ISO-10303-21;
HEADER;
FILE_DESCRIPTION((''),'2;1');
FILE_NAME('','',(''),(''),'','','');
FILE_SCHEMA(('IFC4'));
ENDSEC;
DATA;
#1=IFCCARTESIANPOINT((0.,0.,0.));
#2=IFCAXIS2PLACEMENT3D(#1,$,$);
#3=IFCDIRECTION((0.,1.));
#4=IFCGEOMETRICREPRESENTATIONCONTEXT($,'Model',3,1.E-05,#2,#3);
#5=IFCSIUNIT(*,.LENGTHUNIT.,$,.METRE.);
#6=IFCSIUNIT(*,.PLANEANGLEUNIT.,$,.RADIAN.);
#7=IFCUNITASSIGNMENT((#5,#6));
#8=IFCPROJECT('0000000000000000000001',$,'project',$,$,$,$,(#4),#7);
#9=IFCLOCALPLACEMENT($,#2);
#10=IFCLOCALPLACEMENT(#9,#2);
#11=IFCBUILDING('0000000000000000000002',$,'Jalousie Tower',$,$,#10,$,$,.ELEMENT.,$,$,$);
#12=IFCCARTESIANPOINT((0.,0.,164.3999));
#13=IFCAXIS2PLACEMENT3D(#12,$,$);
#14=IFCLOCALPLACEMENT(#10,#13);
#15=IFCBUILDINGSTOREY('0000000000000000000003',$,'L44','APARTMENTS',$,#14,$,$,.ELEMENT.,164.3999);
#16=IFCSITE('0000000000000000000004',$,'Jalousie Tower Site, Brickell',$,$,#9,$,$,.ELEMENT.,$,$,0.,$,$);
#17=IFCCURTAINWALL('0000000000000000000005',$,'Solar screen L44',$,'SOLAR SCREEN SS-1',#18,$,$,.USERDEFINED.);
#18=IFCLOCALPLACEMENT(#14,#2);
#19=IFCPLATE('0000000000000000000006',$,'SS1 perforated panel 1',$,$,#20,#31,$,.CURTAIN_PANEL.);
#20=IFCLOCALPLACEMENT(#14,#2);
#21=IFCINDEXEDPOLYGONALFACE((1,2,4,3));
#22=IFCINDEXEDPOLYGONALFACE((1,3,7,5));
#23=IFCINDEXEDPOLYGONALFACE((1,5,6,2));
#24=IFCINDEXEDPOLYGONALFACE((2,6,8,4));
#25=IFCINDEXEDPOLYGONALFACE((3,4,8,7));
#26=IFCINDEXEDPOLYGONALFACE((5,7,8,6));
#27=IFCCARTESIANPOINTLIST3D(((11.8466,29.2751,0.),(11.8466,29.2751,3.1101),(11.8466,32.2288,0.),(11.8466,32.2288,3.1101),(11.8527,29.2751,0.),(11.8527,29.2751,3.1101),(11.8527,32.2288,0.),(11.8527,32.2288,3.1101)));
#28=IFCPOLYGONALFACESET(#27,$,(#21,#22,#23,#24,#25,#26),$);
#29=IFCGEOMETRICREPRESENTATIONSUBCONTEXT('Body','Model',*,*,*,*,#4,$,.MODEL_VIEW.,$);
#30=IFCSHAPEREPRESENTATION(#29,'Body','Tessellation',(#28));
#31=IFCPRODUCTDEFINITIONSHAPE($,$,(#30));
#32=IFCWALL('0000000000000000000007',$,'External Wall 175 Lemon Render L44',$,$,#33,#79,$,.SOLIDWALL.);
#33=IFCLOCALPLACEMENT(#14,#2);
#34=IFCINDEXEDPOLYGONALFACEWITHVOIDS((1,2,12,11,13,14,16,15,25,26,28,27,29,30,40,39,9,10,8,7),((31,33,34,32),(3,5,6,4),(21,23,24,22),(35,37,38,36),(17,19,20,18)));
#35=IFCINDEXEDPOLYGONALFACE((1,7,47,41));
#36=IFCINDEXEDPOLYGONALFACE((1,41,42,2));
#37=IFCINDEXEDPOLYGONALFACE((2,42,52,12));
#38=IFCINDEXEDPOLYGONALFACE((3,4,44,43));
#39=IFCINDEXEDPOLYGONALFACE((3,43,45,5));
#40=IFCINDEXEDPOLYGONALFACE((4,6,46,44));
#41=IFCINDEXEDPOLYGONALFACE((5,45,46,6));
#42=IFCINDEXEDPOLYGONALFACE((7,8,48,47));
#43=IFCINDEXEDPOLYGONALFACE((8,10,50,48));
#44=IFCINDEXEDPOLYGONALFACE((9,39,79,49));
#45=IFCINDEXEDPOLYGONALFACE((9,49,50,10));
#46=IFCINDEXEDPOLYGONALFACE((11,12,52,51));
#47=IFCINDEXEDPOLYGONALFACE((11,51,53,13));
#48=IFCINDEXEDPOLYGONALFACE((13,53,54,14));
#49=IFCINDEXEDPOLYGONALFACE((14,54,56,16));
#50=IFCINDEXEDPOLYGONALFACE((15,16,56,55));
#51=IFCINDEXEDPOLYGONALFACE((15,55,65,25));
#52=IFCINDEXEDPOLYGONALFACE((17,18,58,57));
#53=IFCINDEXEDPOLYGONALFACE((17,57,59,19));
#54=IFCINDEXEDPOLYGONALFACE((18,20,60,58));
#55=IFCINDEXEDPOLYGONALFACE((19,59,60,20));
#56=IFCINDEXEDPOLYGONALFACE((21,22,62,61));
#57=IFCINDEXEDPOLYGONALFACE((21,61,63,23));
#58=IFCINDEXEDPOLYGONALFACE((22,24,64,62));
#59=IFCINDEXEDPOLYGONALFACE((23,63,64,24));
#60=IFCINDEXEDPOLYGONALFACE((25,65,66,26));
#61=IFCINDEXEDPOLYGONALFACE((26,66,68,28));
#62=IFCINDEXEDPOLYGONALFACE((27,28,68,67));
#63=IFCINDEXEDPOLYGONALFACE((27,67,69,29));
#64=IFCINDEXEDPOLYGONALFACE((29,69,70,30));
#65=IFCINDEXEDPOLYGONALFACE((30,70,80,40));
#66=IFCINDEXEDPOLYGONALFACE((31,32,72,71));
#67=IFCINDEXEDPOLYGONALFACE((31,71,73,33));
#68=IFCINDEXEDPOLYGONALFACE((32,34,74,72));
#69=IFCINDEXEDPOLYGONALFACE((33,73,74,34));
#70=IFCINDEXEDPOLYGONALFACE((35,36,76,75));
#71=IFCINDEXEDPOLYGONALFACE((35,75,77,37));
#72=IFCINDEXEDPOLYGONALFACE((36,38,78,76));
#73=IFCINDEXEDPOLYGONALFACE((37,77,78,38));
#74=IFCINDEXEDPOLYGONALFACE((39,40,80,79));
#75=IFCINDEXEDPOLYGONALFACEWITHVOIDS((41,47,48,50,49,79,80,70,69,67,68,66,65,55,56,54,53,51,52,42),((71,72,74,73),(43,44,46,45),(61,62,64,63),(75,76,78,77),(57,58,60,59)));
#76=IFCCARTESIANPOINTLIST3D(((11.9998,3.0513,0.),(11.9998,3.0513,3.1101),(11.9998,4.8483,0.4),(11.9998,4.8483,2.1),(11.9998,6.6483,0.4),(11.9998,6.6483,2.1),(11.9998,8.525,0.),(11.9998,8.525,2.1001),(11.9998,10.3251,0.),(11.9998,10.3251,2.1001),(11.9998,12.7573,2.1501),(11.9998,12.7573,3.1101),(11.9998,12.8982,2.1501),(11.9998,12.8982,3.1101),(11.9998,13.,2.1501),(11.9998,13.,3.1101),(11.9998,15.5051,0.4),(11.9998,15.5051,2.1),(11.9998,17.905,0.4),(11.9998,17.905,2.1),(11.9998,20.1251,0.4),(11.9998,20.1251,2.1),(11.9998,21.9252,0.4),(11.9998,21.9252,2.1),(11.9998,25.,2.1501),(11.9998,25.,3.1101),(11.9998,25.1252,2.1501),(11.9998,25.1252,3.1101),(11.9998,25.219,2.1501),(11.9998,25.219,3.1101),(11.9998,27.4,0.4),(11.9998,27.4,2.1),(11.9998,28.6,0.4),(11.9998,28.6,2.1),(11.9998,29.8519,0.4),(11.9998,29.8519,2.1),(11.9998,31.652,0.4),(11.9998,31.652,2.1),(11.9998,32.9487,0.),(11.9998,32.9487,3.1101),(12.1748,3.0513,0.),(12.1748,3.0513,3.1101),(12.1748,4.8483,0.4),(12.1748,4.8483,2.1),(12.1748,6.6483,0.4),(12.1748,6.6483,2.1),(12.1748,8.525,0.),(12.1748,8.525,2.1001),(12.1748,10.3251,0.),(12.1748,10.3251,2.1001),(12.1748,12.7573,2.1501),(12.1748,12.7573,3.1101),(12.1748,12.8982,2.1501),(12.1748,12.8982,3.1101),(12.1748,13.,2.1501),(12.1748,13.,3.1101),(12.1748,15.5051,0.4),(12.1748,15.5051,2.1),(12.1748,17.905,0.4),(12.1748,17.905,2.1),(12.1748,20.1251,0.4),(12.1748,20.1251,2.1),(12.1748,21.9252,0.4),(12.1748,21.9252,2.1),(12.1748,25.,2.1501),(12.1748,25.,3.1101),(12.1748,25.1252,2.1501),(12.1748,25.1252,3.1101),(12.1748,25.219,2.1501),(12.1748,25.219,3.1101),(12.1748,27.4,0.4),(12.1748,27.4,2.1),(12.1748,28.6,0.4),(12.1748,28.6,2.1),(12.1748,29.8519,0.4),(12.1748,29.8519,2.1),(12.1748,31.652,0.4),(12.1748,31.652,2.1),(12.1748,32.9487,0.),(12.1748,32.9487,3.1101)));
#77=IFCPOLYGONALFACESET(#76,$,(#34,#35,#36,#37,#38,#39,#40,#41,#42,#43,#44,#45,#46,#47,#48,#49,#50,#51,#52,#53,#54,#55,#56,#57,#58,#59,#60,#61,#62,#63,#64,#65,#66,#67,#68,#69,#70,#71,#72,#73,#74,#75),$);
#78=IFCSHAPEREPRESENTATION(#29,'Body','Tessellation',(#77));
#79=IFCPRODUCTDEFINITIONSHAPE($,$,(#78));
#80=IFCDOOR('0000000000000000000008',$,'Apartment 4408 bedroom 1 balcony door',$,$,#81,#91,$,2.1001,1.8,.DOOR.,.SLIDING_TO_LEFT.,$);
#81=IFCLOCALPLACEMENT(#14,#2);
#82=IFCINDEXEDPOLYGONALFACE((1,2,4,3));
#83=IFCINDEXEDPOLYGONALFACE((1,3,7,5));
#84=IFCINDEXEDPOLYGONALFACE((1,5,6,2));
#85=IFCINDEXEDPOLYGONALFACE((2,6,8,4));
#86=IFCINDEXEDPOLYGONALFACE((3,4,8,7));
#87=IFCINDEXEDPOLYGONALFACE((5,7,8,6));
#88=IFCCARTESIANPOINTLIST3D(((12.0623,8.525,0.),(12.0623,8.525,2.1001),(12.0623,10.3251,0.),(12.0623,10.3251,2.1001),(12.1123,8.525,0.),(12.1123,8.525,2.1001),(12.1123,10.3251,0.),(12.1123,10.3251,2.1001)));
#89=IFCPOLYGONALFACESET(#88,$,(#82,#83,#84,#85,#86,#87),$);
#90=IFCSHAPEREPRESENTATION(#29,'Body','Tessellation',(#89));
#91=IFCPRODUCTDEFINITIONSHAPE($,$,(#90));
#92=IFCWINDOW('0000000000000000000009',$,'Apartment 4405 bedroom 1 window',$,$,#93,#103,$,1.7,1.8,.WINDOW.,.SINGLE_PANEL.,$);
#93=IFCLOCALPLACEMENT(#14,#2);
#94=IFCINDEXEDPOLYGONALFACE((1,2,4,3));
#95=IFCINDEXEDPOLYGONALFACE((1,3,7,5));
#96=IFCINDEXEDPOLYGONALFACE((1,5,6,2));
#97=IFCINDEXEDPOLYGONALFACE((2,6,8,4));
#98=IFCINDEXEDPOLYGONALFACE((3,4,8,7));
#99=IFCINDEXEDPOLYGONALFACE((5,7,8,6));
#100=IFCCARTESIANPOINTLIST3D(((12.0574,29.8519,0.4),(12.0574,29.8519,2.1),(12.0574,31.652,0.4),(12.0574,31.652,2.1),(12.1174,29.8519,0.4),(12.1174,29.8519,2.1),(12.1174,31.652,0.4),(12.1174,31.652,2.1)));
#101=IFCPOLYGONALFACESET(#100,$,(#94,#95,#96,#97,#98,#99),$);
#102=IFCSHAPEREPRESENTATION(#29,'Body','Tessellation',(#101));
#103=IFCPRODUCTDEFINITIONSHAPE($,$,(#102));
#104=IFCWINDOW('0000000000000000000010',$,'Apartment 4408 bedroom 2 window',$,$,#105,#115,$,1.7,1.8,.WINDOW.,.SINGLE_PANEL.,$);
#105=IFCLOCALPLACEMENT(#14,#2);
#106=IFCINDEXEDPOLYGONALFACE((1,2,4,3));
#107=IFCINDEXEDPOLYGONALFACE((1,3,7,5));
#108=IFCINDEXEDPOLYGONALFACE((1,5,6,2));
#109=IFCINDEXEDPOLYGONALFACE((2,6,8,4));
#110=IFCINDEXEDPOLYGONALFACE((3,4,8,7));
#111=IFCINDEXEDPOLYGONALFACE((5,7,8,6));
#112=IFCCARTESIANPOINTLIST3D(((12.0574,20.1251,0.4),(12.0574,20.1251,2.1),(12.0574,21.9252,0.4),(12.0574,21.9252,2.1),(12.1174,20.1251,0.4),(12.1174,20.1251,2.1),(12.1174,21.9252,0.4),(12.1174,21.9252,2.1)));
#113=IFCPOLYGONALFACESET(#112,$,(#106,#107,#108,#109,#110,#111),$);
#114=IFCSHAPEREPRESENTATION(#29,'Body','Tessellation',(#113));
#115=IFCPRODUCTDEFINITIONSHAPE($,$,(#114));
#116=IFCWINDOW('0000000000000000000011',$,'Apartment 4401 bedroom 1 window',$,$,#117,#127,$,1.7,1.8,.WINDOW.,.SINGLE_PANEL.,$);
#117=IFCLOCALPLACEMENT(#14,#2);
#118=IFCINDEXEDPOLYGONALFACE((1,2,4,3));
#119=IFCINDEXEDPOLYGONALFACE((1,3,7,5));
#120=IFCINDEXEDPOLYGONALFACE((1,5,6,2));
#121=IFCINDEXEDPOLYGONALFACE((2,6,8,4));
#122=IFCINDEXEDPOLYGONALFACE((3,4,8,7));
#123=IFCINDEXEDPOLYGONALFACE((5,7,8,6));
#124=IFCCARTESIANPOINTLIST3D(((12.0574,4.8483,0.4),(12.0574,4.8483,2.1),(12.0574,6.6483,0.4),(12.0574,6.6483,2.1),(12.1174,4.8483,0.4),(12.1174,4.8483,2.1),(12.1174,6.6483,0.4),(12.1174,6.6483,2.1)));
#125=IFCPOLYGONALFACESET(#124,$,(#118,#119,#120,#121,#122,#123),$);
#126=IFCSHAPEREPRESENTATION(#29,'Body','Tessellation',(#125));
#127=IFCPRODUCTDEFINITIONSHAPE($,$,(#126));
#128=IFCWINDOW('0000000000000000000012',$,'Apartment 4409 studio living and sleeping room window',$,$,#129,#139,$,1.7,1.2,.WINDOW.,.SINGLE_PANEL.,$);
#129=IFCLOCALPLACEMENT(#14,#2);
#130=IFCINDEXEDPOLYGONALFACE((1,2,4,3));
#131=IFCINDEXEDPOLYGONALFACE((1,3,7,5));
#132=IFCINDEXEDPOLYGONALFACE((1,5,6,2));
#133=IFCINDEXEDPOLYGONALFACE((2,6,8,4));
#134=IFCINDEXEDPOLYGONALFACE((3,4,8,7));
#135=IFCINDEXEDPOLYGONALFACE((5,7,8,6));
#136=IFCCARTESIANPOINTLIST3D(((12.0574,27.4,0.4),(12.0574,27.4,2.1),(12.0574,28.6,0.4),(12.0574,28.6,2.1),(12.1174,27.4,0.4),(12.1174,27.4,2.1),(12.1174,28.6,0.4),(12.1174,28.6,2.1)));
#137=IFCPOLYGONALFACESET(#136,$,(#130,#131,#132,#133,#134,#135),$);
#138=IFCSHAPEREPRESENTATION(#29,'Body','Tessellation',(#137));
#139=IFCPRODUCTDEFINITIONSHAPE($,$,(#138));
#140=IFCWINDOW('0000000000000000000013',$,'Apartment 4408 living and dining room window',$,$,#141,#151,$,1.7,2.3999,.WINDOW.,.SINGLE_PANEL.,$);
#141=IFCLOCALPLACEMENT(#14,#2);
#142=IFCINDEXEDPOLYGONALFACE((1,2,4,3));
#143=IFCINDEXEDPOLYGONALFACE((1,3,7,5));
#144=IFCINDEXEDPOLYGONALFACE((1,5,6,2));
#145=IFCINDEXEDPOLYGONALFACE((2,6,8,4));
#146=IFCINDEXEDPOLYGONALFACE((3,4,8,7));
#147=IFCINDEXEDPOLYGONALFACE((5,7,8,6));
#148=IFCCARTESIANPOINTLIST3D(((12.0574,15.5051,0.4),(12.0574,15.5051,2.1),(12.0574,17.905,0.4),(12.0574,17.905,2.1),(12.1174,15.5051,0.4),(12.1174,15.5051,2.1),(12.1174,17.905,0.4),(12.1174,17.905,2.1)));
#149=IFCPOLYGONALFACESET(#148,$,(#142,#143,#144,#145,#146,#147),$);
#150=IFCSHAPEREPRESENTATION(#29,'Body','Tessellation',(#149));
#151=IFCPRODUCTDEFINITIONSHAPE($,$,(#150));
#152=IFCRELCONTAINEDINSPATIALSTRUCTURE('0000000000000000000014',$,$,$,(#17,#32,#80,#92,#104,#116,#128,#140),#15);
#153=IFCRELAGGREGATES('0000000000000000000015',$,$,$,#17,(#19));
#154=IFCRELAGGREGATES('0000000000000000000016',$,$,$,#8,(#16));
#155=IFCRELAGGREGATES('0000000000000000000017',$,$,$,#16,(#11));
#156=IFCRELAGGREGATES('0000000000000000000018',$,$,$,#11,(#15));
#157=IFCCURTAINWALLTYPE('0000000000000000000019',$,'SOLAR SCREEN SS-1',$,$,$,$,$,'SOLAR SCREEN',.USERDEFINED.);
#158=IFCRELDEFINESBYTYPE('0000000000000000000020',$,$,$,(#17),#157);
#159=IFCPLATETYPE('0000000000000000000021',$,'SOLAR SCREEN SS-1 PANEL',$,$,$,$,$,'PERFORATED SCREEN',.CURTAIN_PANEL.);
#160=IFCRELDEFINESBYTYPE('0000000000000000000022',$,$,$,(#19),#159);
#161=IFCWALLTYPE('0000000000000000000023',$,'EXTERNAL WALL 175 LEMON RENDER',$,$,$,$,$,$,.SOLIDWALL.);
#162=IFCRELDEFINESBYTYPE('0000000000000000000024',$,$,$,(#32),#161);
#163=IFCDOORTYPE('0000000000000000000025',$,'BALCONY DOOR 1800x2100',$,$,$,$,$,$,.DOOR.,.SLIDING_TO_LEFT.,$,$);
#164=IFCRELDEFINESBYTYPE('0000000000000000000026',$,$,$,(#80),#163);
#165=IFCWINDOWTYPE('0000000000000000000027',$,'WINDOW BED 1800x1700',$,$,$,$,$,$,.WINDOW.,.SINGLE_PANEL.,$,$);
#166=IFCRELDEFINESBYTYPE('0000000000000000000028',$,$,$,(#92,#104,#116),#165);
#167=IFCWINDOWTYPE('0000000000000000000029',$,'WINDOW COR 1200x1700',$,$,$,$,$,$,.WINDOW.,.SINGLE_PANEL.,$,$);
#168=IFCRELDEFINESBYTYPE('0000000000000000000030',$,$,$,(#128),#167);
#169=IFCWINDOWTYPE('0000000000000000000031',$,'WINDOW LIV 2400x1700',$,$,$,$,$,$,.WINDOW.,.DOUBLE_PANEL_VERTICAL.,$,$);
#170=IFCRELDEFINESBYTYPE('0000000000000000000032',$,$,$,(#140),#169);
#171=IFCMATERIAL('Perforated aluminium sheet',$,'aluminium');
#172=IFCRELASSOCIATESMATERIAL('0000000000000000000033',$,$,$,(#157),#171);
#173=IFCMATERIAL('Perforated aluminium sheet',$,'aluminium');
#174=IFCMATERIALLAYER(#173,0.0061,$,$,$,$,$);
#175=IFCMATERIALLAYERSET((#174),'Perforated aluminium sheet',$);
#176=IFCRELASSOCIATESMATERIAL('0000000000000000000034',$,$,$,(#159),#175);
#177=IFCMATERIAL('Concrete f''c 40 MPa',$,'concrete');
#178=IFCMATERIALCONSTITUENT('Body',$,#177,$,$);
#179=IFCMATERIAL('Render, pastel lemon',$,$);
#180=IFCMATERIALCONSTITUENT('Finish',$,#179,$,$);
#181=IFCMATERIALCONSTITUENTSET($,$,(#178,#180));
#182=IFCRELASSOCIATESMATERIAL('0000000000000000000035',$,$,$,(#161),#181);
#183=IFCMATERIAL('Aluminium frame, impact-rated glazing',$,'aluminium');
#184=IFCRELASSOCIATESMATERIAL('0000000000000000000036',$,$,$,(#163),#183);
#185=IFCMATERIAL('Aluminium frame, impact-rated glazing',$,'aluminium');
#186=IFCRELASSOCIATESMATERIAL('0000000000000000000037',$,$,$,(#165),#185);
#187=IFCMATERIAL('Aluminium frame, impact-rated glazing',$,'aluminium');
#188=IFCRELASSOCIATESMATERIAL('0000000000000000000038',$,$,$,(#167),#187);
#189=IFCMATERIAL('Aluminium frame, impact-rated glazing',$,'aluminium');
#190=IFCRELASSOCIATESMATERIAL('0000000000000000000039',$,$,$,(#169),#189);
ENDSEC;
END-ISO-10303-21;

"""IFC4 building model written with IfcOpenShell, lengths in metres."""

from ifc_helpers import new_model, si_unit, direction, frame, frame_2d, origin, origin_2d, place, context, subcontext, project, spatial, polyline, rectangle, outline, extrude, material, layer, layer_set, constituent, constituent_set, type_object, element, fill, aggregate, save


model = new_model("IFC4")

# Units and contexts
model_context = context("Model", 3, precision=1e-05, world=origin(), true_north=direction((0.0, 1.0)))
body_context = subcontext(model_context, "Body", "Model", "MODEL_VIEW")
ifc_project = project(units=[si_unit("LENGTHUNIT", "METRE"), si_unit("PLANEANGLEUNIT", "RADIAN")], contexts=[model_context])

# Site, building, storey
site_placement = place(None, origin())
site = spatial("IfcSite", under=ifc_project, at=site_placement, Name="Jalousie Tower Site, Brickell", CompositionType="ELEMENT", RefElevation=0.0)
building_placement = place(site_placement, origin())
building = spatial("IfcBuilding", under=site, at=building_placement, Name="Jalousie Tower", CompositionType="ELEMENT")
storey_placement = place(building_placement, frame((0.0, 0.0, 164.3999)))
storey = spatial("IfcBuildingStorey", under=building, at=storey_placement, Name="L44", Description="APARTMENTS", CompositionType="ELEMENT", Elevation=164.3999)

# Curtain wall
ifc_material_1 = material(Name="Perforated aluminium sheet", Category="aluminium")
curtain_wall_type_1 = type_object("IfcCurtainWallType", Name="SOLAR SCREEN SS-1", ElementType="SOLAR SCREEN", PredefinedType="USERDEFINED", material=ifc_material_1)
curtain_wall_1_placement = place(storey_placement, origin())
curtain_wall_1 = element("IfcCurtainWall", 1, at=curtain_wall_1_placement, inside=storey, type_object=curtain_wall_type_1, Name="Solar screen L44", ObjectType="SOLAR SCREEN SS-1", PredefinedType="USERDEFINED")

# Plate
ifc_material_2 = material(Name="Perforated aluminium sheet", Category="aluminium")
ifc_layer_1 = layer(ifc_material_2, 0.0061)
ifc_layer_set_1 = layer_set([ifc_layer_1], Name="Perforated aluminium sheet")
plate_type_1 = type_object("IfcPlateType", Name="SOLAR SCREEN SS-1 PANEL", ElementType="PERFORATED SCREEN", PredefinedType="CURTAIN_PANEL", material=ifc_layer_set_1)
plate_1_placement = place(storey_placement, frame((11.8496, 30.752, 0.0), z_axis=(0.0, 0.0, 1.0), x_axis=(0.0, -1.0, 0.0)))
plate_1 = element("IfcPlate", 2, at=plate_1_placement, type_object=plate_type_1, Name="SS1 perforated panel 1", PredefinedType="CURTAIN_PANEL", context=body_context, shape_type="SweptSolid", body=[
    extrude(rectangle(XDim=2.9536, YDim=0.0061, at=origin_2d()), origin(), (0.0, 0.0, 1.0), 3.1101),
])
aggregate(curtain_wall_1, [plate_1])

# Wall, openings, door, windows
ifc_material_3 = material(Name="Concrete f'c 40 MPa", Category="concrete")
ifc_constituent_1 = constituent(ifc_material_3, Name="Body")
ifc_material_4 = material(Name="Render, pastel lemon")
ifc_constituent_2 = constituent(ifc_material_4, Name="Finish")
ifc_constituent_set = constituent_set(constituents=[ifc_constituent_1, ifc_constituent_2])
wall_type = type_object("IfcWallType", Name="EXTERNAL WALL 175 LEMON RENDER", PredefinedType="SOLIDWALL", material=ifc_constituent_set)
wall_placement = place(storey_placement, frame((12.0874, 32.9487, 0.0), z_axis=(0.0, 0.0, 1.0), x_axis=(0.0, -1.0, 0.0)))
wall = element("IfcWall", 3, at=wall_placement, inside=storey, type_object=wall_type, Name="External Wall 175 Lemon Render L44", PredefinedType="SOLIDWALL", context=body_context, shape_type="SweptSolid", body=[
    extrude(outline(polyline([(0.0, 0.0), (29.8975, 0.0), (29.8975, 3.1101), (20.1914, 3.1101), (20.1914, 2.1501), (20.0505, 2.1501), (20.0505, 3.1101), (19.9487, 3.1101), (19.9487, 2.1501), (7.9487, 2.1501), (7.9487, 3.1101), (7.8235, 3.1101), (7.8235, 2.1501), (7.7297, 2.1501), (7.7297, 3.1101), (0.0, 3.1101), (0.0, 0.0)])), frame((0.0, 0.0874, 0.0), z_axis=(0.0, -1.0, 0.0), x_axis=(1.0, 0.0, 0.0)), (0.0, 0.0, 1.0), 0.175),
])
opening_1_placement = place(wall_placement, frame((1.2969, 0.0, 0.3999)))
opening_1 = element("IfcOpeningElement", 4, at=opening_1_placement, cuts=wall, PredefinedType="OPENING", context=body_context, shape_type="SweptSolid", body=[
    extrude(rectangle(XDim=1.8, YDim=1.7, at=frame_2d((0.8999, 0.8501))), frame((0.0, 0.0974, 0.0), z_axis=(0.0, -1.0, 0.0), x_axis=(1.0, 0.0, 0.0)), (0.0, 0.0, 1.0), 0.1951),
])
opening_2_placement = place(wall_placement, frame((4.3486, 0.0, 0.3999)))
opening_2 = element("IfcOpeningElement", 5, at=opening_2_placement, cuts=wall, PredefinedType="OPENING", context=body_context, shape_type="SweptSolid", body=[
    extrude(rectangle(XDim=1.2, YDim=1.7, at=frame_2d((0.6001, 0.8501))), frame((0.0, 0.0974, 0.0), z_axis=(0.0, -1.0, 0.0), x_axis=(1.0, 0.0, 0.0)), (0.0, 0.0, 1.0), 0.1951),
])
opening_3_placement = place(wall_placement, frame((11.0237, 0.0, 0.3999)))
opening_3 = element("IfcOpeningElement", 6, at=opening_3_placement, cuts=wall, PredefinedType="OPENING", context=body_context, shape_type="SweptSolid", body=[
    extrude(rectangle(XDim=1.8, YDim=1.7, at=frame_2d((0.8999, 0.8501))), frame((0.0, 0.0974, 0.0), z_axis=(0.0, -1.0, 0.0), x_axis=(1.0, 0.0, 0.0)), (0.0, 0.0, 1.0), 0.1951),
])
opening_4_placement = place(wall_placement, frame((15.0437, 0.0, 0.3999)))
opening_4 = element("IfcOpeningElement", 7, at=opening_4_placement, cuts=wall, PredefinedType="OPENING", context=body_context, shape_type="SweptSolid", body=[
    extrude(rectangle(XDim=2.3999, YDim=1.7, at=frame_2d((1.2, 0.8501))), frame((0.0, 0.0974, 0.0), z_axis=(0.0, -1.0, 0.0), x_axis=(1.0, 0.0, 0.0)), (0.0, 0.0, 1.0), 0.1951),
])
opening_5_placement = place(wall_placement, frame((22.6238, 0.0, 0.0)))
opening_5 = element("IfcOpeningElement", 8, at=opening_5_placement, cuts=wall, PredefinedType="OPENING", context=body_context, shape_type="SweptSolid", body=[
    extrude(rectangle(XDim=1.8, YDim=2.1001, at=frame_2d((0.8999, 1.05))), frame((0.0, 0.0974, 0.0), z_axis=(0.0, -1.0, 0.0), x_axis=(1.0, 0.0, 0.0)), (0.0, 0.0, 1.0), 0.1951),
])
opening_6_placement = place(wall_placement, frame((26.3005, 0.0, 0.3999)))
opening_6 = element("IfcOpeningElement", 9, at=opening_6_placement, cuts=wall, PredefinedType="OPENING", context=body_context, shape_type="SweptSolid", body=[
    extrude(rectangle(XDim=1.8, YDim=1.7, at=frame_2d((0.8999, 0.8501))), frame((0.0, 0.0974, 0.0), z_axis=(0.0, -1.0, 0.0), x_axis=(1.0, 0.0, 0.0)), (0.0, 0.0, 1.0), 0.1951),
])
ifc_material_5 = material(Name="Aluminium frame, impact-rated glazing", Category="aluminium")
door_type = type_object("IfcDoorType", Name="BALCONY DOOR 1800x2100", OperationType="SLIDING_TO_LEFT", PredefinedType="DOOR", material=ifc_material_5)
door_placement = place(opening_5_placement, origin())
door = element("IfcDoor", 10, at=door_placement, inside=storey, type_object=door_type, Name="Apartment 4408 bedroom 1 balcony door", OperationType="SLIDING_TO_LEFT", OverallHeight=2.1001, OverallWidth=1.8, PredefinedType="DOOR", context=body_context, shape_type="SweptSolid", body=[
    extrude(rectangle(XDim=1.8, YDim=2.1001, at=frame_2d((0.8999, 1.05))), frame((0.0, 0.0249, 0.0), z_axis=(0.0, -1.0, 0.0), x_axis=(1.0, 0.0, 0.0)), (0.0, 0.0, 1.0), 0.05),
])
fill(opening_5, door)
ifc_material_6 = material(Name="Aluminium frame, impact-rated glazing", Category="aluminium")
window_type_1 = type_object("IfcWindowType", Name="WINDOW BED 1800x1700", PartitioningType="SINGLE_PANEL", PredefinedType="WINDOW", material=ifc_material_6)
window_1_placement = place(opening_1_placement, origin())
window_1 = element("IfcWindow", 11, at=window_1_placement, inside=storey, type_object=window_type_1, Name="Apartment 4405 bedroom 1 window", OverallHeight=1.7, OverallWidth=1.8, PartitioningType="SINGLE_PANEL", PredefinedType="WINDOW", context=body_context, shape_type="SweptSolid", body=[
    extrude(rectangle(XDim=1.8, YDim=1.7, at=frame_2d((0.8999, 0.8501))), frame((0.0, 0.03, 0.0), z_axis=(0.0, -1.0, 0.0), x_axis=(1.0, 0.0, 0.0)), (0.0, 0.0, 1.0), 0.0601),
])
fill(opening_1, window_1)
window_2_placement = place(opening_3_placement, origin())
window_2 = element("IfcWindow", 12, at=window_2_placement, inside=storey, type_object=window_type_1, Name="Apartment 4408 bedroom 2 window", OverallHeight=1.7, OverallWidth=1.8, PartitioningType="SINGLE_PANEL", PredefinedType="WINDOW", context=body_context, shape_type="SweptSolid", body=[
    extrude(rectangle(XDim=1.8, YDim=1.7, at=frame_2d((0.8999, 0.8501))), frame((0.0, 0.03, 0.0), z_axis=(0.0, -1.0, 0.0), x_axis=(1.0, 0.0, 0.0)), (0.0, 0.0, 1.0), 0.0601),
])
fill(opening_3, window_2)
window_3_placement = place(opening_6_placement, origin())
window_3 = element("IfcWindow", 13, at=window_3_placement, inside=storey, type_object=window_type_1, Name="Apartment 4401 bedroom 1 window", OverallHeight=1.7, OverallWidth=1.8, PartitioningType="SINGLE_PANEL", PredefinedType="WINDOW", context=body_context, shape_type="SweptSolid", body=[
    extrude(rectangle(XDim=1.8, YDim=1.7, at=frame_2d((0.8999, 0.8501))), frame((0.0, 0.03, 0.0), z_axis=(0.0, -1.0, 0.0), x_axis=(1.0, 0.0, 0.0)), (0.0, 0.0, 1.0), 0.0601),
])
fill(opening_6, window_3)
ifc_material_7 = material(Name="Aluminium frame, impact-rated glazing", Category="aluminium")
window_type_2 = type_object("IfcWindowType", Name="WINDOW COR 1200x1700", PartitioningType="SINGLE_PANEL", PredefinedType="WINDOW", material=ifc_material_7)
window_4_placement = place(opening_2_placement, origin())
window_4 = element("IfcWindow", 14, at=window_4_placement, inside=storey, type_object=window_type_2, Name="Apartment 4409 studio living and sleeping room window", OverallHeight=1.7, OverallWidth=1.2, PartitioningType="SINGLE_PANEL", PredefinedType="WINDOW", context=body_context, shape_type="SweptSolid", body=[
    extrude(rectangle(XDim=1.2, YDim=1.7, at=frame_2d((0.6001, 0.8501))), frame((0.0, 0.03, 0.0), z_axis=(0.0, -1.0, 0.0), x_axis=(1.0, 0.0, 0.0)), (0.0, 0.0, 1.0), 0.0601),
])
fill(opening_2, window_4)
ifc_material_8 = material(Name="Aluminium frame, impact-rated glazing", Category="aluminium")
window_type_3 = type_object("IfcWindowType", Name="WINDOW LIV 2400x1700", PartitioningType="DOUBLE_PANEL_VERTICAL", PredefinedType="WINDOW", material=ifc_material_8)
window_5_placement = place(opening_4_placement, origin())
window_5 = element("IfcWindow", 15, at=window_5_placement, inside=storey, type_object=window_type_3, Name="Apartment 4408 living and dining room window", OverallHeight=1.7, OverallWidth=2.3999, PartitioningType="SINGLE_PANEL", PredefinedType="WINDOW", context=body_context, shape_type="SweptSolid", body=[
    extrude(rectangle(XDim=2.3999, YDim=1.7, at=frame_2d((1.2, 0.8501))), frame((0.0, 0.03, 0.0), z_axis=(0.0, -1.0, 0.0), x_axis=(1.0, 0.0, 0.0)), (0.0, 0.0, 1.0), 0.0601),
])
fill(opening_4, window_5)

save(model, "model.ifc")
